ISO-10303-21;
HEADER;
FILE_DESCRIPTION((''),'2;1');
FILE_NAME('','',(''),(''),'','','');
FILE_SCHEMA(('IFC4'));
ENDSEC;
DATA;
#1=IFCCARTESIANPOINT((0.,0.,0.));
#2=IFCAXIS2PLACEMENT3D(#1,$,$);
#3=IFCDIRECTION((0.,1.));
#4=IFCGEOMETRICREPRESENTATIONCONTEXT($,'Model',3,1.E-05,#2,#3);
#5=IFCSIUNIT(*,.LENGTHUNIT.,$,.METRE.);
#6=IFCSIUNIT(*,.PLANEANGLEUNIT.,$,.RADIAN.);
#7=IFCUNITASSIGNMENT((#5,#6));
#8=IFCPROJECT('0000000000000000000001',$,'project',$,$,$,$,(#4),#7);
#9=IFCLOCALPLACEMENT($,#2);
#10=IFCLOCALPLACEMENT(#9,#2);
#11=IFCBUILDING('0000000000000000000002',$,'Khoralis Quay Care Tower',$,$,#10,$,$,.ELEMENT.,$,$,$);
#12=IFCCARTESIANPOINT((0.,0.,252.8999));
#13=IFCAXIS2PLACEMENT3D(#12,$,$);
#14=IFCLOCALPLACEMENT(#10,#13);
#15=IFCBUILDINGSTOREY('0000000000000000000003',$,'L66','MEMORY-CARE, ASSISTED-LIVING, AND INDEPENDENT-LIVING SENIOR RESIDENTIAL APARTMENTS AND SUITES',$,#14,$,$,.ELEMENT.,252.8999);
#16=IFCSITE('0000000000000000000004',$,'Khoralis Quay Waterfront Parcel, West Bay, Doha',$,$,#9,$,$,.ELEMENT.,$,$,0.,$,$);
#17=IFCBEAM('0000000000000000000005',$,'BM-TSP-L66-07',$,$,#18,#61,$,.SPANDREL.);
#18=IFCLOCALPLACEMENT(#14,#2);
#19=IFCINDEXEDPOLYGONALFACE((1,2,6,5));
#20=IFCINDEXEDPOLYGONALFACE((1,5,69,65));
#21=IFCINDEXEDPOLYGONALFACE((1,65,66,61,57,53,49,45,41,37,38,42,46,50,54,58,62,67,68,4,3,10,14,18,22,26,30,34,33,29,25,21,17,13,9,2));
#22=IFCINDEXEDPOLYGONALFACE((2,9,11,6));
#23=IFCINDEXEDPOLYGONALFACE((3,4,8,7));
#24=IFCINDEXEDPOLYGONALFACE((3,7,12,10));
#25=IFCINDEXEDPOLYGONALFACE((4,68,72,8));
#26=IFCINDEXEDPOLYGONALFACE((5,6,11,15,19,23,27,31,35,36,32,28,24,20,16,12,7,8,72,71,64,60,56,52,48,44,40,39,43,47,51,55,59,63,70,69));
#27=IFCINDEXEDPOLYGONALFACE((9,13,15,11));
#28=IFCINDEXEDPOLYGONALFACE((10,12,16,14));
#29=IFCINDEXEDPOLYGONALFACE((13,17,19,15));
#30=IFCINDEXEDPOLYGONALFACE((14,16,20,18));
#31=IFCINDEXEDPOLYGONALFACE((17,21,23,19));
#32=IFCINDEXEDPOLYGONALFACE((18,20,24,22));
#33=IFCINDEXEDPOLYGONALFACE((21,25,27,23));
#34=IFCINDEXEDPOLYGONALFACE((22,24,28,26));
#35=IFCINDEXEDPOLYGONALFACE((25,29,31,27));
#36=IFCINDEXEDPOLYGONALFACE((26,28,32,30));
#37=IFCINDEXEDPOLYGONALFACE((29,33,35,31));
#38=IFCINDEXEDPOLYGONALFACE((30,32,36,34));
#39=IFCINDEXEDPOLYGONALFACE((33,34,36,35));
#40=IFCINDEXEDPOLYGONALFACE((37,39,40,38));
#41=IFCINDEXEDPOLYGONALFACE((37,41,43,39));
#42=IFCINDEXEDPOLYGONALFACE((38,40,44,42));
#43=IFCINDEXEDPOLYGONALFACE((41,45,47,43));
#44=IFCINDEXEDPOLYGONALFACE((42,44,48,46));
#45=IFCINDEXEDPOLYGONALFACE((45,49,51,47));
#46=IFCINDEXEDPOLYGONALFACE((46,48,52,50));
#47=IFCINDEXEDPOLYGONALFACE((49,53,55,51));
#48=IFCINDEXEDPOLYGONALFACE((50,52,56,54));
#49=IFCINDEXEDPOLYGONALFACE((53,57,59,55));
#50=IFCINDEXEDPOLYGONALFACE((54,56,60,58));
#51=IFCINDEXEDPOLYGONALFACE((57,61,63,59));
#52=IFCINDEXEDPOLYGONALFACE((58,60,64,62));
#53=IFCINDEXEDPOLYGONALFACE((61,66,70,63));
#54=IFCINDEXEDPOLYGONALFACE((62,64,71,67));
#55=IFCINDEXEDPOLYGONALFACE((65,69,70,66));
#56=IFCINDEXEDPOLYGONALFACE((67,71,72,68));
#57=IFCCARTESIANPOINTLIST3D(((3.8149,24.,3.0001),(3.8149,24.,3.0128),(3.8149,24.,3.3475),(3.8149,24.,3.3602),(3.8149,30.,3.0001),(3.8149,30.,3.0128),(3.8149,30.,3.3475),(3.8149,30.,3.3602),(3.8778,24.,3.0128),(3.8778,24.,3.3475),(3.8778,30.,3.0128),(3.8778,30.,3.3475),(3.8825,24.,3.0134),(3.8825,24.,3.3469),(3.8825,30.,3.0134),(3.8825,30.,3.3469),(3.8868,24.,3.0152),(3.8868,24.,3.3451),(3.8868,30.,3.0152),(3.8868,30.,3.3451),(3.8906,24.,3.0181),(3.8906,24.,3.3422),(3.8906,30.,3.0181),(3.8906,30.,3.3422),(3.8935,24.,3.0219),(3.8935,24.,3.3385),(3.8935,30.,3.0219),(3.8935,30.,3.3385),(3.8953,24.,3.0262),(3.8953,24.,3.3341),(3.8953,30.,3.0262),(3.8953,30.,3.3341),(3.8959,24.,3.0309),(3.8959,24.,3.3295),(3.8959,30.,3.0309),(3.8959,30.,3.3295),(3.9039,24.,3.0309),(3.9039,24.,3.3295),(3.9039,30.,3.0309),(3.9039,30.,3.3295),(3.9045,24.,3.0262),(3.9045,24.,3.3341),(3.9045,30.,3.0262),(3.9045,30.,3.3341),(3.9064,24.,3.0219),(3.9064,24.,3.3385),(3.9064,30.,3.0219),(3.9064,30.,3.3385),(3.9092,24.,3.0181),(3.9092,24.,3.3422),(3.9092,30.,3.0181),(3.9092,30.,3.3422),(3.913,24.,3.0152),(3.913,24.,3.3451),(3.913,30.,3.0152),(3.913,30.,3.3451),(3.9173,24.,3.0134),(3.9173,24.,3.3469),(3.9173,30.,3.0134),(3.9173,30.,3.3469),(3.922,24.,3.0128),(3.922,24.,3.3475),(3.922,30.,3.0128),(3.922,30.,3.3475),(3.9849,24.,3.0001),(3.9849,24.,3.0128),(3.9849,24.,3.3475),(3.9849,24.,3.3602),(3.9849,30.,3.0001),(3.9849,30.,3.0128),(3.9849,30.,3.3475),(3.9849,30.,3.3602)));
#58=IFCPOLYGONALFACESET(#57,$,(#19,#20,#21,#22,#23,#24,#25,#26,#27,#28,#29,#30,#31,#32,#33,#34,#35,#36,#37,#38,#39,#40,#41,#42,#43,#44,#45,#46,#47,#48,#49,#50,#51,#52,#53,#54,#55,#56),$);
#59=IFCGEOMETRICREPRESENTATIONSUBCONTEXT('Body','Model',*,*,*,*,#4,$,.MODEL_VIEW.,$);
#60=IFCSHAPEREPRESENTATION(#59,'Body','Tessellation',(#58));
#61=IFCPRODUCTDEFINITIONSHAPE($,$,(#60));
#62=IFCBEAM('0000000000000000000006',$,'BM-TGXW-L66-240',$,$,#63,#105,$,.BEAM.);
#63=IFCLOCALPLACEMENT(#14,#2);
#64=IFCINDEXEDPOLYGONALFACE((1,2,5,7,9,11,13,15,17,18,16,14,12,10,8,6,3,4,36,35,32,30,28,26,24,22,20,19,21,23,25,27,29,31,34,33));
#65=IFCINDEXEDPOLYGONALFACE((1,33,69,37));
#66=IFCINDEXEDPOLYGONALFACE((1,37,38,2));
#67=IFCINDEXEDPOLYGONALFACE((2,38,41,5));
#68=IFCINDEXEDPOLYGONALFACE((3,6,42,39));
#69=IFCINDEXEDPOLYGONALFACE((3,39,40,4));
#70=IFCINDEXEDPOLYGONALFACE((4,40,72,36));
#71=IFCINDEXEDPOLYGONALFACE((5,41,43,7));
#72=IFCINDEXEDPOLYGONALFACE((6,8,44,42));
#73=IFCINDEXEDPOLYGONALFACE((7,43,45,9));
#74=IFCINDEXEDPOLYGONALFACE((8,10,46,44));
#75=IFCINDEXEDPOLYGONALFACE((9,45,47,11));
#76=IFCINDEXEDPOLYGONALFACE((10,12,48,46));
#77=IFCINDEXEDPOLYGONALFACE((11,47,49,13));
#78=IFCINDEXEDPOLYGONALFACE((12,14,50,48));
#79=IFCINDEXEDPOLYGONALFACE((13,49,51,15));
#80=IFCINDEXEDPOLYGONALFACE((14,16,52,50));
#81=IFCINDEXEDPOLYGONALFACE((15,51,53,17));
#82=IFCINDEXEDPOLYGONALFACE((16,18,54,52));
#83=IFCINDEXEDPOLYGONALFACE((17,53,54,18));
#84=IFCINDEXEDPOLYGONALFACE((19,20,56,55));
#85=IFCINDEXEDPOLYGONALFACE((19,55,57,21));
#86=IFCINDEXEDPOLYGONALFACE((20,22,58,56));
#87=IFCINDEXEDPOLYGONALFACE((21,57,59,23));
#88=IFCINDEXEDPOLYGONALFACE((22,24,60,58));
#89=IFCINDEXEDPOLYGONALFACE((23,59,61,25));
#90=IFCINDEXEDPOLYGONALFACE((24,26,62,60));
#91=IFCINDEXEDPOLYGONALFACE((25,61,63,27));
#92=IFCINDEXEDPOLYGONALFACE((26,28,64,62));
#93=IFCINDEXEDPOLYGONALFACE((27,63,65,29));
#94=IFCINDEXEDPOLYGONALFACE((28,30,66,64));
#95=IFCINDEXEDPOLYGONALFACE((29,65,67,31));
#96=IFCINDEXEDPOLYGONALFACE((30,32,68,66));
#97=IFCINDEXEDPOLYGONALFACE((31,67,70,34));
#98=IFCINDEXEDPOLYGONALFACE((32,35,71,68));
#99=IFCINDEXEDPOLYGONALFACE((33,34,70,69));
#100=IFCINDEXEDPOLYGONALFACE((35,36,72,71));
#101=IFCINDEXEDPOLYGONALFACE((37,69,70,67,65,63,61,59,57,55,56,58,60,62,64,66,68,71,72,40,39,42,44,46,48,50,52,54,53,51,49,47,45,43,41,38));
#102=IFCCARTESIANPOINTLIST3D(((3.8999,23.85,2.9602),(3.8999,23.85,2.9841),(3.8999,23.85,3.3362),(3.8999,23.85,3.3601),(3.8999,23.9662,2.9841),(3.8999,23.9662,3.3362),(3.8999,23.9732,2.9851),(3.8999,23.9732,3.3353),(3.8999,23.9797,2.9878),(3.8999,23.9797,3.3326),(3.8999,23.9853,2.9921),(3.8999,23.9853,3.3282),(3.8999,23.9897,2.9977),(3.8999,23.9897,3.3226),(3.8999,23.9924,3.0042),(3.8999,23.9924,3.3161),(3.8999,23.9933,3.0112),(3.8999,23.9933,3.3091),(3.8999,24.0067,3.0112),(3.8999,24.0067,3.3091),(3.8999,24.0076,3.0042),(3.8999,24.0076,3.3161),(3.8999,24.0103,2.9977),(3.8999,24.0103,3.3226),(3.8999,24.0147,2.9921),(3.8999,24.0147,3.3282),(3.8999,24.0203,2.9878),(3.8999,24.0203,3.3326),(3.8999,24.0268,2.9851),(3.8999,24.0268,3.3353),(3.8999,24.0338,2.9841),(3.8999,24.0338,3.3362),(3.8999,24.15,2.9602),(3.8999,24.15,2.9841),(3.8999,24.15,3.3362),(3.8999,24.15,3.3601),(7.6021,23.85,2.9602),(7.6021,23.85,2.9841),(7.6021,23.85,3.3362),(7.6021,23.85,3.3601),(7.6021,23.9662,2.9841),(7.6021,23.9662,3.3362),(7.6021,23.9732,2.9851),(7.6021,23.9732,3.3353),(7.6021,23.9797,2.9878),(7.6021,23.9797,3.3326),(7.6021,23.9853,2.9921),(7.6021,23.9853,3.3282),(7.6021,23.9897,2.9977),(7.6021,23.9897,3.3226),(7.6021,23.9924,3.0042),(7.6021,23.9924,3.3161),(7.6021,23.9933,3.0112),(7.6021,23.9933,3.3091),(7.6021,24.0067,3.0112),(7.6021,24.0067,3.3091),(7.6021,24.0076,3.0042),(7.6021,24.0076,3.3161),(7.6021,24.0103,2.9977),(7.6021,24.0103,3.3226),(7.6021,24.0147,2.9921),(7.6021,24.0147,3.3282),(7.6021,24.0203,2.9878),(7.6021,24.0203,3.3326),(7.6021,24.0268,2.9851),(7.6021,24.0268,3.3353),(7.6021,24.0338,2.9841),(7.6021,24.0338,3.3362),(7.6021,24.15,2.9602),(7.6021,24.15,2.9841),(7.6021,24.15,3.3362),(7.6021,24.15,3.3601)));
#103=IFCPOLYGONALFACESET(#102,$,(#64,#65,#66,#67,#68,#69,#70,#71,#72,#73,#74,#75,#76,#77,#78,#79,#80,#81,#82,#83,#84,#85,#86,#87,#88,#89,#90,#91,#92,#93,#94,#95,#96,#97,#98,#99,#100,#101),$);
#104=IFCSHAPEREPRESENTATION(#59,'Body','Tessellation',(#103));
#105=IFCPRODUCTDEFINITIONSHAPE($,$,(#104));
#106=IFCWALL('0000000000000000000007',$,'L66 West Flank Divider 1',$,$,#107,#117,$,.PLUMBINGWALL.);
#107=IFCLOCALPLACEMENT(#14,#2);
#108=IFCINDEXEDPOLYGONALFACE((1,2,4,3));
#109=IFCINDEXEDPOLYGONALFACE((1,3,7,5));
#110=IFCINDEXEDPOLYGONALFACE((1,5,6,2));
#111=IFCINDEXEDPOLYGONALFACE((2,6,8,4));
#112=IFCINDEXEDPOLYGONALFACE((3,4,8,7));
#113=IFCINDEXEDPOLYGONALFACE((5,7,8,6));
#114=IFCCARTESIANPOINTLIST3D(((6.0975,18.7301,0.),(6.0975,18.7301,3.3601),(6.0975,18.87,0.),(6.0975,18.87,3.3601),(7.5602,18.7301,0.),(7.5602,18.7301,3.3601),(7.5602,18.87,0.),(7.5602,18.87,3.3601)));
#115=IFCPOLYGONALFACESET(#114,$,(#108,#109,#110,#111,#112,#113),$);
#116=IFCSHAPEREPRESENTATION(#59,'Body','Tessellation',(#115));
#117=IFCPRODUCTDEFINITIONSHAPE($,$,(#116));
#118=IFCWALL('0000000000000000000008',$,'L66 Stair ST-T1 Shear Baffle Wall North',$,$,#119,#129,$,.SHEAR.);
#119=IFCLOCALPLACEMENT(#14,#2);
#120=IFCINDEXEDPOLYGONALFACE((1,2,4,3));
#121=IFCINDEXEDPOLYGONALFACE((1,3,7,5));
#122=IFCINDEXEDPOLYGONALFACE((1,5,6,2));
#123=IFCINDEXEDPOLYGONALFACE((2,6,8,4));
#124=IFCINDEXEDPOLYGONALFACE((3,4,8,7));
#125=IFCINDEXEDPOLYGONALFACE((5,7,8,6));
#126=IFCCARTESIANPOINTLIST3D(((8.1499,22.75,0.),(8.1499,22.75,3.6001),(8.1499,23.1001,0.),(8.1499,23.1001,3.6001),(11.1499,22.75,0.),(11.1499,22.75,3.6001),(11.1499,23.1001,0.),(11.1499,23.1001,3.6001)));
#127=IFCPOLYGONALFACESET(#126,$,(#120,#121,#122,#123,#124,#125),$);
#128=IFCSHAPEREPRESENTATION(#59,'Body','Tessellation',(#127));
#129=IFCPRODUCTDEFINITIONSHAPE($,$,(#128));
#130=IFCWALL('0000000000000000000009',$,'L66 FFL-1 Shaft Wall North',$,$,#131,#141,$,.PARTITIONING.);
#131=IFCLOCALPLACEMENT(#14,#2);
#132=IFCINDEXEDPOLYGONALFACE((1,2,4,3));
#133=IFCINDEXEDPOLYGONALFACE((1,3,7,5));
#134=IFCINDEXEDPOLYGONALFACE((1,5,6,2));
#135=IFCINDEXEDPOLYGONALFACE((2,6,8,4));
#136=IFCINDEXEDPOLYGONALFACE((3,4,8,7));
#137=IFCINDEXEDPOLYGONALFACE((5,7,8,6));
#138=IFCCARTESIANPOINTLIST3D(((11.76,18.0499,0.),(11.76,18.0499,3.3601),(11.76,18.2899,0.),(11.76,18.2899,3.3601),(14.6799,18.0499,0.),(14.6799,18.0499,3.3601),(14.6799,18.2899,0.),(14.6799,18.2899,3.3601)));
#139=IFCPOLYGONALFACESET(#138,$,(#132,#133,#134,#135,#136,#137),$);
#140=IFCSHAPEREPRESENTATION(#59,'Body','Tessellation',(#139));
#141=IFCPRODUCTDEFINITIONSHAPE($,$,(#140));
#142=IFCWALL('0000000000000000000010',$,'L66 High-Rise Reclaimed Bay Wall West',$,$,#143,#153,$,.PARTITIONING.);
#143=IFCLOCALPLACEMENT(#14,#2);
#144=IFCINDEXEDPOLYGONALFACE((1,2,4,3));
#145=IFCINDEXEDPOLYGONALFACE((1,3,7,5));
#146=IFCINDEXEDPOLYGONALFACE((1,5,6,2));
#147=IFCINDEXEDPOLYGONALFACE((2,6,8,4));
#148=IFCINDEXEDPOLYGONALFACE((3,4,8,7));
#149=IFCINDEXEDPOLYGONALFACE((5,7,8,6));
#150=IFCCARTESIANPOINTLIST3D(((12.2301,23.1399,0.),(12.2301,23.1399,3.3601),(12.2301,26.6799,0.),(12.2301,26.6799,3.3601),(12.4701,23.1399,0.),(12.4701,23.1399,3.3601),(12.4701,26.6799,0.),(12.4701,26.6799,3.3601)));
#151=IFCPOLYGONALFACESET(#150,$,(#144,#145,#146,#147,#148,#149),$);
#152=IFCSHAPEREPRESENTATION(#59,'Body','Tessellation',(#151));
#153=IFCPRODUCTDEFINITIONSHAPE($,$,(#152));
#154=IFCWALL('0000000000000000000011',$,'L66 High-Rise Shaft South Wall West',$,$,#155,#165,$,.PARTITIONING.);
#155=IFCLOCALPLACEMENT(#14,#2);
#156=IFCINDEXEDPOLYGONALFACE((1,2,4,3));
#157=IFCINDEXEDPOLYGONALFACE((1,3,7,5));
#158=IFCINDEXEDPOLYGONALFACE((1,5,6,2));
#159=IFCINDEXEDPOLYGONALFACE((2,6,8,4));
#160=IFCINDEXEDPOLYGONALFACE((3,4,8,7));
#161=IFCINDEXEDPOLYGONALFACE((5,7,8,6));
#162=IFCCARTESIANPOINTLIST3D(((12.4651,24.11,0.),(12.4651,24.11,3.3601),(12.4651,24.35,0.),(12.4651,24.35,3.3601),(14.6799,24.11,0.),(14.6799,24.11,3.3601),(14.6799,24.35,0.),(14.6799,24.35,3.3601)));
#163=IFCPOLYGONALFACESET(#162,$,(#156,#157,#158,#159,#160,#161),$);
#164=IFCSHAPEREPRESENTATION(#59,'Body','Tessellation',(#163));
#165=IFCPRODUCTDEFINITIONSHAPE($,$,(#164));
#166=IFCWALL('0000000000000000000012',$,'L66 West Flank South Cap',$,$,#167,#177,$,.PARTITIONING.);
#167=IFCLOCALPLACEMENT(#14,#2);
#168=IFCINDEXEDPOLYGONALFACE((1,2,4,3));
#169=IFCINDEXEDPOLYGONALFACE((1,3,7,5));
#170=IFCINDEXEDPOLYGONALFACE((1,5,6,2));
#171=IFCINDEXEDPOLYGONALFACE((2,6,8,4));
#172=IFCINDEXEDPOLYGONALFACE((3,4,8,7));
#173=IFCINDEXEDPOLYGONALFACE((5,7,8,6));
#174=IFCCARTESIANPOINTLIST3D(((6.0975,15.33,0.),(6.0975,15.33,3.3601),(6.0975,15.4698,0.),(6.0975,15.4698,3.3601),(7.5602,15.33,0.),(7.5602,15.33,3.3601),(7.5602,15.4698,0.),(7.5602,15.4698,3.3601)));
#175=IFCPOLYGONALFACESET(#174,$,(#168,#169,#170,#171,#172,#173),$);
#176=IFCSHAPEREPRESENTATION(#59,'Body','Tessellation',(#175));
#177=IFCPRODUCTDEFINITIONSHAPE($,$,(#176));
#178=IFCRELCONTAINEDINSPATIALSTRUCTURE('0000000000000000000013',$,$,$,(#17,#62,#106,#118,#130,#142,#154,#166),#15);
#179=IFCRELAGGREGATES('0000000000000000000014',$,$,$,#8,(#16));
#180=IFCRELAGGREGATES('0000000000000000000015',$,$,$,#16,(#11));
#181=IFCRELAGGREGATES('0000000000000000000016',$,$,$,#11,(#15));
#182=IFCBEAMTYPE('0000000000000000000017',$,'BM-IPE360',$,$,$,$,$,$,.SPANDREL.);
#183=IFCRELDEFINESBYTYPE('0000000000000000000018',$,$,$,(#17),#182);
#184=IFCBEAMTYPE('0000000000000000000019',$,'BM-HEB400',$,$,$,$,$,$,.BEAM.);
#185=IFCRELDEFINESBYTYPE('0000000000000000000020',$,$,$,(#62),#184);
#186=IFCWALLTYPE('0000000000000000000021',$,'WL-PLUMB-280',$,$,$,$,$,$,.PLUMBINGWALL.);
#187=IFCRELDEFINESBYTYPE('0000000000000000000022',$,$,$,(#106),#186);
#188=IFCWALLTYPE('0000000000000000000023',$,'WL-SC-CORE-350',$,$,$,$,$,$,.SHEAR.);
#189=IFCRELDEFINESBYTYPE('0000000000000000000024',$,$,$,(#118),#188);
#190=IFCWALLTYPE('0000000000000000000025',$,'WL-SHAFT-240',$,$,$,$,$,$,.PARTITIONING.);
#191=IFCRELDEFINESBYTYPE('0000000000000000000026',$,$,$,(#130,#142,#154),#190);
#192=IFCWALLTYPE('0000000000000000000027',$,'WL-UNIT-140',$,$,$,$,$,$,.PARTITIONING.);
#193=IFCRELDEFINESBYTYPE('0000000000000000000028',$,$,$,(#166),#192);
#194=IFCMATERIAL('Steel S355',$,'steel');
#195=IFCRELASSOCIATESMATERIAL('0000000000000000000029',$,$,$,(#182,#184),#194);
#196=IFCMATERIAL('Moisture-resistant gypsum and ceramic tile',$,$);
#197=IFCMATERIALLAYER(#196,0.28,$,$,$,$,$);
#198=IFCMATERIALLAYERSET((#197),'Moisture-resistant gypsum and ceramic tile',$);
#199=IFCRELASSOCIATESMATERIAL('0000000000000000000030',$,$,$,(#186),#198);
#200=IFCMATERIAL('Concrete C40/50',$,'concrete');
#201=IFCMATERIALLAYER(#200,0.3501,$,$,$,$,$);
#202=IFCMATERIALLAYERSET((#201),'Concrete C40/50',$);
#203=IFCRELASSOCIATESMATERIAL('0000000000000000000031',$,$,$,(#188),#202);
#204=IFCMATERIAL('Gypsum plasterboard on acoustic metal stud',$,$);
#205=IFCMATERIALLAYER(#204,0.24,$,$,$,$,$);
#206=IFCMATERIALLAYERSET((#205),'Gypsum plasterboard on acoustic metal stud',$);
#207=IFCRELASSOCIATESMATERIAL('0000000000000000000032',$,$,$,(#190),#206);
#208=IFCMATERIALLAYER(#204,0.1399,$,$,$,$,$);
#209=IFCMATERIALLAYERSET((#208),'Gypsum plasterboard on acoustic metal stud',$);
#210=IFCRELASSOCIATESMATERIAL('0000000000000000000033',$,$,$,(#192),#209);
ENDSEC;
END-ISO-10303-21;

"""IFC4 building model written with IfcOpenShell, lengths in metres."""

from ifc_helpers import new_model, si_unit, direction, frame, frame_2d, origin, origin_2d, place, context, subcontext, project, spatial, rectangle, i_section, extrude, source, transform, mapped, material, layer, layer_set, material_profile, profile_set, type_object, element, save


model = new_model("IFC4")

# Units and contexts
model_context = context("Model", 3, precision=1e-05, world=origin(), true_north=direction((0.0, 1.0)))
body_context = subcontext(model_context, "Body", "Model", "MODEL_VIEW")
ifc_project = project(units=[si_unit("LENGTHUNIT", "METRE"), si_unit("PLANEANGLEUNIT", "RADIAN")], contexts=[model_context])

# Site, building, storey
site_placement = place(None, origin())
site = spatial("IfcSite", under=ifc_project, at=site_placement, Name="Khoralis Quay Waterfront Parcel, West Bay, Doha", CompositionType="ELEMENT", RefElevation=0.0)
building_placement = place(site_placement, origin())
building = spatial("IfcBuilding", under=site, at=building_placement, Name="Khoralis Quay Care Tower", CompositionType="ELEMENT")
storey_placement = place(building_placement, frame((0.0, 0.0, 252.8999)))
storey = spatial("IfcBuildingStorey", under=building, at=storey_placement, Name="L66", Description="MEMORY-CARE, ASSISTED-LIVING, AND INDEPENDENT-LIVING SENIOR RESIDENTIAL APARTMENTS AND SUITES", CompositionType="ELEMENT", Elevation=252.8999)

# Beams
ifc_material_1 = material(Name="Steel S355", Category="steel")
ifc_material_profile_1 = material_profile(ifc_material_1, i_section(OverallWidth=0.1699, OverallDepth=0.3601, WebThickness=0.0081, FlangeThickness=0.0127, FilletRadius=0.0181, at=origin_2d()), Name="Steel S355")
ifc_profile_set_1 = profile_set([ifc_material_profile_1], Name="Steel S355")
beam_type_1 = type_object("IfcBeamType", Name="BM-IPE360", PredefinedType="SPANDREL", material=ifc_profile_set_1)
shared_shape_1 = source(origin(), body_context, "Body", "SweptSolid", [
    extrude(i_section(OverallWidth=0.1699, OverallDepth=0.3601, WebThickness=0.0081, FlangeThickness=0.0127, FilletRadius=0.0181, at=origin_2d()), origin(), (0.0, 0.0, 1.0), 6.0),
])
beam_1_placement = place(storey_placement, frame((3.8999, 24.0, 3.1802), z_axis=(0.0, 1.0, 0.0), x_axis=(-1.0, 0.0, 0.0)))
element("IfcBeam", 1, at=beam_1_placement, inside=storey, type_object=beam_type_1, Name="BM-TSP-L66-07", PredefinedType="SPANDREL", context=body_context, shape_type="MappedRepresentation", body=[
    mapped(shared_shape_1, transform((0.0, 0.0, 0.0), scale=1.0)),
])
ifc_material_profile_2 = material_profile(ifc_material_1, i_section(OverallWidth=0.3, OverallDepth=0.3999, WebThickness=0.0134, FlangeThickness=0.0239, FilletRadius=0.0271, at=origin_2d()), Name="Steel S355")
ifc_profile_set_2 = profile_set([ifc_material_profile_2], Name="Steel S355")
beam_type_2 = type_object("IfcBeamType", Name="BM-HEB400", PredefinedType="BEAM", material=ifc_profile_set_2)
shared_shape_2 = source(origin(), body_context, "Body", "SweptSolid", [
    extrude(i_section(OverallWidth=0.3, OverallDepth=0.3999, WebThickness=0.0134, FlangeThickness=0.0239, FilletRadius=0.0271, at=origin_2d()), origin(), (0.0, 0.0, 1.0), 3.7021),
])
beam_2_placement = place(storey_placement, frame((3.8999, 24.0, 3.1602), z_axis=(1.0, 0.0, 0.0), x_axis=(0.0, 1.0, 0.0)))
element("IfcBeam", 2, at=beam_2_placement, inside=storey, type_object=beam_type_2, Name="BM-TGXW-L66-240", PredefinedType="BEAM", context=body_context, shape_type="MappedRepresentation", body=[
    mapped(shared_shape_2, transform((0.0, 0.0, 0.0), scale=1.0)),
])

# Walls
ifc_material_2 = material(Name="Moisture-resistant gypsum and ceramic tile")
ifc_layer_1 = layer(ifc_material_2, 0.28)
ifc_layer_set_1 = layer_set([ifc_layer_1], Name="Moisture-resistant gypsum and ceramic tile")
wall_type_1 = type_object("IfcWallType", Name="WL-PLUMB-280", PredefinedType="PLUMBINGWALL", material=ifc_layer_set_1)
wall_1_placement = place(storey_placement, frame((6.0974, 18.8, 0.0), z_axis=(0.0, 0.0, 1.0), x_axis=(1.0, 0.0, 0.0)))
element("IfcWall", 3, at=wall_1_placement, inside=storey, type_object=wall_type_1, Name="L66 West Flank Divider 1", PredefinedType="PLUMBINGWALL", context=body_context, shape_type="SweptSolid", body=[
    extrude(rectangle(XDim=1.4626, YDim=0.1399, at=frame_2d((0.7314, 0.0))), origin(), (0.0, 0.0, 1.0), 3.3601),
])
ifc_material_3 = material(Name="Concrete C40/50", Category="concrete")
ifc_layer_2 = layer(ifc_material_3, 0.3501)
ifc_layer_set_2 = layer_set([ifc_layer_2], Name="Concrete C40/50")
wall_type_2 = type_object("IfcWallType", Name="WL-SC-CORE-350", PredefinedType="SHEAR", material=ifc_layer_set_2)
wall_2_placement = place(storey_placement, frame((8.1499, 22.925, 0.0), z_axis=(0.0, 0.0, 1.0), x_axis=(1.0, 0.0, 0.0)))
element("IfcWall", 4, at=wall_2_placement, inside=storey, type_object=wall_type_2, Name="L66 Stair ST-T1 Shear Baffle Wall North", PredefinedType="SHEAR", context=body_context, shape_type="SweptSolid", body=[
    extrude(rectangle(XDim=3.0, YDim=0.3501, at=frame_2d((1.5, 0.0))), origin(), (0.0, 0.0, 1.0), 3.6001),
])
ifc_material_4 = material(Name="Gypsum plasterboard on acoustic metal stud")
ifc_layer_3 = layer(ifc_material_4, 0.24)
ifc_layer_set_3 = layer_set([ifc_layer_3], Name="Gypsum plasterboard on acoustic metal stud")
wall_type_3 = type_object("IfcWallType", Name="WL-SHAFT-240", PredefinedType="PARTITIONING", material=ifc_layer_set_3)
wall_3_placement = place(storey_placement, frame((11.76, 18.1699, 0.0), z_axis=(0.0, 0.0, 1.0), x_axis=(1.0, 0.0, 0.0)))
element("IfcWall", 5, at=wall_3_placement, inside=storey, type_object=wall_type_3, Name="L66 FFL-1 Shaft Wall North", PredefinedType="PARTITIONING", context=body_context, shape_type="SweptSolid", body=[
    extrude(rectangle(XDim=2.9199, YDim=0.24, at=frame_2d((1.46, 0.0))), origin(), (0.0, 0.0, 1.0), 3.3601),
])
wall_4_placement = place(storey_placement, frame((12.3501, 23.1399, 0.0), z_axis=(0.0, 0.0, 1.0), x_axis=(0.0, 1.0, 0.0)))
element("IfcWall", 6, at=wall_4_placement, inside=storey, type_object=wall_type_3, Name="L66 High-Rise Reclaimed Bay Wall West", PredefinedType="PARTITIONING", context=body_context, shape_type="SweptSolid", body=[
    extrude(rectangle(XDim=3.54, YDim=0.24, at=frame_2d((1.77, 0.0))), origin(), (0.0, 0.0, 1.0), 3.3601),
])
wall_5_placement = place(storey_placement, frame((12.4651, 24.23, 0.0), z_axis=(0.0, 0.0, 1.0), x_axis=(1.0, 0.0, 0.0)))
element("IfcWall", 7, at=wall_5_placement, inside=storey, type_object=wall_type_3, Name="L66 High-Rise Shaft South Wall West", PredefinedType="PARTITIONING", context=body_context, shape_type="SweptSolid", body=[
    extrude(rectangle(XDim=2.2148, YDim=0.24, at=frame_2d((1.1074, 0.0))), origin(), (0.0, 0.0, 1.0), 3.3601),
])
ifc_layer_4 = layer(ifc_material_4, 0.1399)
ifc_layer_set_4 = layer_set([ifc_layer_4], Name="Gypsum plasterboard on acoustic metal stud")
wall_type_4 = type_object("IfcWallType", Name="WL-UNIT-140", PredefinedType="PARTITIONING", material=ifc_layer_set_4)
for number, where, z_axis, x_axis, name in (
    (8, (6.0974, 15.3999, 0.0), (0.0, 0.0, 1.0), (1.0, 0.0, 0.0), "L66 West Flank South Cap"),
):
    element("IfcWall", number, at=place(storey_placement, frame(where, z_axis=z_axis, x_axis=x_axis)), inside=storey, type_object=wall_type_4, Name=name, PredefinedType="PARTITIONING", context=body_context, shape_type="SweptSolid", body=[
        extrude(rectangle(XDim=1.4626, YDim=0.1399, at=frame_2d((0.7314, 0.0))), origin(), (0.0, 0.0, 1.0), 3.3601),
    ])

save(model, "model.ifc")
